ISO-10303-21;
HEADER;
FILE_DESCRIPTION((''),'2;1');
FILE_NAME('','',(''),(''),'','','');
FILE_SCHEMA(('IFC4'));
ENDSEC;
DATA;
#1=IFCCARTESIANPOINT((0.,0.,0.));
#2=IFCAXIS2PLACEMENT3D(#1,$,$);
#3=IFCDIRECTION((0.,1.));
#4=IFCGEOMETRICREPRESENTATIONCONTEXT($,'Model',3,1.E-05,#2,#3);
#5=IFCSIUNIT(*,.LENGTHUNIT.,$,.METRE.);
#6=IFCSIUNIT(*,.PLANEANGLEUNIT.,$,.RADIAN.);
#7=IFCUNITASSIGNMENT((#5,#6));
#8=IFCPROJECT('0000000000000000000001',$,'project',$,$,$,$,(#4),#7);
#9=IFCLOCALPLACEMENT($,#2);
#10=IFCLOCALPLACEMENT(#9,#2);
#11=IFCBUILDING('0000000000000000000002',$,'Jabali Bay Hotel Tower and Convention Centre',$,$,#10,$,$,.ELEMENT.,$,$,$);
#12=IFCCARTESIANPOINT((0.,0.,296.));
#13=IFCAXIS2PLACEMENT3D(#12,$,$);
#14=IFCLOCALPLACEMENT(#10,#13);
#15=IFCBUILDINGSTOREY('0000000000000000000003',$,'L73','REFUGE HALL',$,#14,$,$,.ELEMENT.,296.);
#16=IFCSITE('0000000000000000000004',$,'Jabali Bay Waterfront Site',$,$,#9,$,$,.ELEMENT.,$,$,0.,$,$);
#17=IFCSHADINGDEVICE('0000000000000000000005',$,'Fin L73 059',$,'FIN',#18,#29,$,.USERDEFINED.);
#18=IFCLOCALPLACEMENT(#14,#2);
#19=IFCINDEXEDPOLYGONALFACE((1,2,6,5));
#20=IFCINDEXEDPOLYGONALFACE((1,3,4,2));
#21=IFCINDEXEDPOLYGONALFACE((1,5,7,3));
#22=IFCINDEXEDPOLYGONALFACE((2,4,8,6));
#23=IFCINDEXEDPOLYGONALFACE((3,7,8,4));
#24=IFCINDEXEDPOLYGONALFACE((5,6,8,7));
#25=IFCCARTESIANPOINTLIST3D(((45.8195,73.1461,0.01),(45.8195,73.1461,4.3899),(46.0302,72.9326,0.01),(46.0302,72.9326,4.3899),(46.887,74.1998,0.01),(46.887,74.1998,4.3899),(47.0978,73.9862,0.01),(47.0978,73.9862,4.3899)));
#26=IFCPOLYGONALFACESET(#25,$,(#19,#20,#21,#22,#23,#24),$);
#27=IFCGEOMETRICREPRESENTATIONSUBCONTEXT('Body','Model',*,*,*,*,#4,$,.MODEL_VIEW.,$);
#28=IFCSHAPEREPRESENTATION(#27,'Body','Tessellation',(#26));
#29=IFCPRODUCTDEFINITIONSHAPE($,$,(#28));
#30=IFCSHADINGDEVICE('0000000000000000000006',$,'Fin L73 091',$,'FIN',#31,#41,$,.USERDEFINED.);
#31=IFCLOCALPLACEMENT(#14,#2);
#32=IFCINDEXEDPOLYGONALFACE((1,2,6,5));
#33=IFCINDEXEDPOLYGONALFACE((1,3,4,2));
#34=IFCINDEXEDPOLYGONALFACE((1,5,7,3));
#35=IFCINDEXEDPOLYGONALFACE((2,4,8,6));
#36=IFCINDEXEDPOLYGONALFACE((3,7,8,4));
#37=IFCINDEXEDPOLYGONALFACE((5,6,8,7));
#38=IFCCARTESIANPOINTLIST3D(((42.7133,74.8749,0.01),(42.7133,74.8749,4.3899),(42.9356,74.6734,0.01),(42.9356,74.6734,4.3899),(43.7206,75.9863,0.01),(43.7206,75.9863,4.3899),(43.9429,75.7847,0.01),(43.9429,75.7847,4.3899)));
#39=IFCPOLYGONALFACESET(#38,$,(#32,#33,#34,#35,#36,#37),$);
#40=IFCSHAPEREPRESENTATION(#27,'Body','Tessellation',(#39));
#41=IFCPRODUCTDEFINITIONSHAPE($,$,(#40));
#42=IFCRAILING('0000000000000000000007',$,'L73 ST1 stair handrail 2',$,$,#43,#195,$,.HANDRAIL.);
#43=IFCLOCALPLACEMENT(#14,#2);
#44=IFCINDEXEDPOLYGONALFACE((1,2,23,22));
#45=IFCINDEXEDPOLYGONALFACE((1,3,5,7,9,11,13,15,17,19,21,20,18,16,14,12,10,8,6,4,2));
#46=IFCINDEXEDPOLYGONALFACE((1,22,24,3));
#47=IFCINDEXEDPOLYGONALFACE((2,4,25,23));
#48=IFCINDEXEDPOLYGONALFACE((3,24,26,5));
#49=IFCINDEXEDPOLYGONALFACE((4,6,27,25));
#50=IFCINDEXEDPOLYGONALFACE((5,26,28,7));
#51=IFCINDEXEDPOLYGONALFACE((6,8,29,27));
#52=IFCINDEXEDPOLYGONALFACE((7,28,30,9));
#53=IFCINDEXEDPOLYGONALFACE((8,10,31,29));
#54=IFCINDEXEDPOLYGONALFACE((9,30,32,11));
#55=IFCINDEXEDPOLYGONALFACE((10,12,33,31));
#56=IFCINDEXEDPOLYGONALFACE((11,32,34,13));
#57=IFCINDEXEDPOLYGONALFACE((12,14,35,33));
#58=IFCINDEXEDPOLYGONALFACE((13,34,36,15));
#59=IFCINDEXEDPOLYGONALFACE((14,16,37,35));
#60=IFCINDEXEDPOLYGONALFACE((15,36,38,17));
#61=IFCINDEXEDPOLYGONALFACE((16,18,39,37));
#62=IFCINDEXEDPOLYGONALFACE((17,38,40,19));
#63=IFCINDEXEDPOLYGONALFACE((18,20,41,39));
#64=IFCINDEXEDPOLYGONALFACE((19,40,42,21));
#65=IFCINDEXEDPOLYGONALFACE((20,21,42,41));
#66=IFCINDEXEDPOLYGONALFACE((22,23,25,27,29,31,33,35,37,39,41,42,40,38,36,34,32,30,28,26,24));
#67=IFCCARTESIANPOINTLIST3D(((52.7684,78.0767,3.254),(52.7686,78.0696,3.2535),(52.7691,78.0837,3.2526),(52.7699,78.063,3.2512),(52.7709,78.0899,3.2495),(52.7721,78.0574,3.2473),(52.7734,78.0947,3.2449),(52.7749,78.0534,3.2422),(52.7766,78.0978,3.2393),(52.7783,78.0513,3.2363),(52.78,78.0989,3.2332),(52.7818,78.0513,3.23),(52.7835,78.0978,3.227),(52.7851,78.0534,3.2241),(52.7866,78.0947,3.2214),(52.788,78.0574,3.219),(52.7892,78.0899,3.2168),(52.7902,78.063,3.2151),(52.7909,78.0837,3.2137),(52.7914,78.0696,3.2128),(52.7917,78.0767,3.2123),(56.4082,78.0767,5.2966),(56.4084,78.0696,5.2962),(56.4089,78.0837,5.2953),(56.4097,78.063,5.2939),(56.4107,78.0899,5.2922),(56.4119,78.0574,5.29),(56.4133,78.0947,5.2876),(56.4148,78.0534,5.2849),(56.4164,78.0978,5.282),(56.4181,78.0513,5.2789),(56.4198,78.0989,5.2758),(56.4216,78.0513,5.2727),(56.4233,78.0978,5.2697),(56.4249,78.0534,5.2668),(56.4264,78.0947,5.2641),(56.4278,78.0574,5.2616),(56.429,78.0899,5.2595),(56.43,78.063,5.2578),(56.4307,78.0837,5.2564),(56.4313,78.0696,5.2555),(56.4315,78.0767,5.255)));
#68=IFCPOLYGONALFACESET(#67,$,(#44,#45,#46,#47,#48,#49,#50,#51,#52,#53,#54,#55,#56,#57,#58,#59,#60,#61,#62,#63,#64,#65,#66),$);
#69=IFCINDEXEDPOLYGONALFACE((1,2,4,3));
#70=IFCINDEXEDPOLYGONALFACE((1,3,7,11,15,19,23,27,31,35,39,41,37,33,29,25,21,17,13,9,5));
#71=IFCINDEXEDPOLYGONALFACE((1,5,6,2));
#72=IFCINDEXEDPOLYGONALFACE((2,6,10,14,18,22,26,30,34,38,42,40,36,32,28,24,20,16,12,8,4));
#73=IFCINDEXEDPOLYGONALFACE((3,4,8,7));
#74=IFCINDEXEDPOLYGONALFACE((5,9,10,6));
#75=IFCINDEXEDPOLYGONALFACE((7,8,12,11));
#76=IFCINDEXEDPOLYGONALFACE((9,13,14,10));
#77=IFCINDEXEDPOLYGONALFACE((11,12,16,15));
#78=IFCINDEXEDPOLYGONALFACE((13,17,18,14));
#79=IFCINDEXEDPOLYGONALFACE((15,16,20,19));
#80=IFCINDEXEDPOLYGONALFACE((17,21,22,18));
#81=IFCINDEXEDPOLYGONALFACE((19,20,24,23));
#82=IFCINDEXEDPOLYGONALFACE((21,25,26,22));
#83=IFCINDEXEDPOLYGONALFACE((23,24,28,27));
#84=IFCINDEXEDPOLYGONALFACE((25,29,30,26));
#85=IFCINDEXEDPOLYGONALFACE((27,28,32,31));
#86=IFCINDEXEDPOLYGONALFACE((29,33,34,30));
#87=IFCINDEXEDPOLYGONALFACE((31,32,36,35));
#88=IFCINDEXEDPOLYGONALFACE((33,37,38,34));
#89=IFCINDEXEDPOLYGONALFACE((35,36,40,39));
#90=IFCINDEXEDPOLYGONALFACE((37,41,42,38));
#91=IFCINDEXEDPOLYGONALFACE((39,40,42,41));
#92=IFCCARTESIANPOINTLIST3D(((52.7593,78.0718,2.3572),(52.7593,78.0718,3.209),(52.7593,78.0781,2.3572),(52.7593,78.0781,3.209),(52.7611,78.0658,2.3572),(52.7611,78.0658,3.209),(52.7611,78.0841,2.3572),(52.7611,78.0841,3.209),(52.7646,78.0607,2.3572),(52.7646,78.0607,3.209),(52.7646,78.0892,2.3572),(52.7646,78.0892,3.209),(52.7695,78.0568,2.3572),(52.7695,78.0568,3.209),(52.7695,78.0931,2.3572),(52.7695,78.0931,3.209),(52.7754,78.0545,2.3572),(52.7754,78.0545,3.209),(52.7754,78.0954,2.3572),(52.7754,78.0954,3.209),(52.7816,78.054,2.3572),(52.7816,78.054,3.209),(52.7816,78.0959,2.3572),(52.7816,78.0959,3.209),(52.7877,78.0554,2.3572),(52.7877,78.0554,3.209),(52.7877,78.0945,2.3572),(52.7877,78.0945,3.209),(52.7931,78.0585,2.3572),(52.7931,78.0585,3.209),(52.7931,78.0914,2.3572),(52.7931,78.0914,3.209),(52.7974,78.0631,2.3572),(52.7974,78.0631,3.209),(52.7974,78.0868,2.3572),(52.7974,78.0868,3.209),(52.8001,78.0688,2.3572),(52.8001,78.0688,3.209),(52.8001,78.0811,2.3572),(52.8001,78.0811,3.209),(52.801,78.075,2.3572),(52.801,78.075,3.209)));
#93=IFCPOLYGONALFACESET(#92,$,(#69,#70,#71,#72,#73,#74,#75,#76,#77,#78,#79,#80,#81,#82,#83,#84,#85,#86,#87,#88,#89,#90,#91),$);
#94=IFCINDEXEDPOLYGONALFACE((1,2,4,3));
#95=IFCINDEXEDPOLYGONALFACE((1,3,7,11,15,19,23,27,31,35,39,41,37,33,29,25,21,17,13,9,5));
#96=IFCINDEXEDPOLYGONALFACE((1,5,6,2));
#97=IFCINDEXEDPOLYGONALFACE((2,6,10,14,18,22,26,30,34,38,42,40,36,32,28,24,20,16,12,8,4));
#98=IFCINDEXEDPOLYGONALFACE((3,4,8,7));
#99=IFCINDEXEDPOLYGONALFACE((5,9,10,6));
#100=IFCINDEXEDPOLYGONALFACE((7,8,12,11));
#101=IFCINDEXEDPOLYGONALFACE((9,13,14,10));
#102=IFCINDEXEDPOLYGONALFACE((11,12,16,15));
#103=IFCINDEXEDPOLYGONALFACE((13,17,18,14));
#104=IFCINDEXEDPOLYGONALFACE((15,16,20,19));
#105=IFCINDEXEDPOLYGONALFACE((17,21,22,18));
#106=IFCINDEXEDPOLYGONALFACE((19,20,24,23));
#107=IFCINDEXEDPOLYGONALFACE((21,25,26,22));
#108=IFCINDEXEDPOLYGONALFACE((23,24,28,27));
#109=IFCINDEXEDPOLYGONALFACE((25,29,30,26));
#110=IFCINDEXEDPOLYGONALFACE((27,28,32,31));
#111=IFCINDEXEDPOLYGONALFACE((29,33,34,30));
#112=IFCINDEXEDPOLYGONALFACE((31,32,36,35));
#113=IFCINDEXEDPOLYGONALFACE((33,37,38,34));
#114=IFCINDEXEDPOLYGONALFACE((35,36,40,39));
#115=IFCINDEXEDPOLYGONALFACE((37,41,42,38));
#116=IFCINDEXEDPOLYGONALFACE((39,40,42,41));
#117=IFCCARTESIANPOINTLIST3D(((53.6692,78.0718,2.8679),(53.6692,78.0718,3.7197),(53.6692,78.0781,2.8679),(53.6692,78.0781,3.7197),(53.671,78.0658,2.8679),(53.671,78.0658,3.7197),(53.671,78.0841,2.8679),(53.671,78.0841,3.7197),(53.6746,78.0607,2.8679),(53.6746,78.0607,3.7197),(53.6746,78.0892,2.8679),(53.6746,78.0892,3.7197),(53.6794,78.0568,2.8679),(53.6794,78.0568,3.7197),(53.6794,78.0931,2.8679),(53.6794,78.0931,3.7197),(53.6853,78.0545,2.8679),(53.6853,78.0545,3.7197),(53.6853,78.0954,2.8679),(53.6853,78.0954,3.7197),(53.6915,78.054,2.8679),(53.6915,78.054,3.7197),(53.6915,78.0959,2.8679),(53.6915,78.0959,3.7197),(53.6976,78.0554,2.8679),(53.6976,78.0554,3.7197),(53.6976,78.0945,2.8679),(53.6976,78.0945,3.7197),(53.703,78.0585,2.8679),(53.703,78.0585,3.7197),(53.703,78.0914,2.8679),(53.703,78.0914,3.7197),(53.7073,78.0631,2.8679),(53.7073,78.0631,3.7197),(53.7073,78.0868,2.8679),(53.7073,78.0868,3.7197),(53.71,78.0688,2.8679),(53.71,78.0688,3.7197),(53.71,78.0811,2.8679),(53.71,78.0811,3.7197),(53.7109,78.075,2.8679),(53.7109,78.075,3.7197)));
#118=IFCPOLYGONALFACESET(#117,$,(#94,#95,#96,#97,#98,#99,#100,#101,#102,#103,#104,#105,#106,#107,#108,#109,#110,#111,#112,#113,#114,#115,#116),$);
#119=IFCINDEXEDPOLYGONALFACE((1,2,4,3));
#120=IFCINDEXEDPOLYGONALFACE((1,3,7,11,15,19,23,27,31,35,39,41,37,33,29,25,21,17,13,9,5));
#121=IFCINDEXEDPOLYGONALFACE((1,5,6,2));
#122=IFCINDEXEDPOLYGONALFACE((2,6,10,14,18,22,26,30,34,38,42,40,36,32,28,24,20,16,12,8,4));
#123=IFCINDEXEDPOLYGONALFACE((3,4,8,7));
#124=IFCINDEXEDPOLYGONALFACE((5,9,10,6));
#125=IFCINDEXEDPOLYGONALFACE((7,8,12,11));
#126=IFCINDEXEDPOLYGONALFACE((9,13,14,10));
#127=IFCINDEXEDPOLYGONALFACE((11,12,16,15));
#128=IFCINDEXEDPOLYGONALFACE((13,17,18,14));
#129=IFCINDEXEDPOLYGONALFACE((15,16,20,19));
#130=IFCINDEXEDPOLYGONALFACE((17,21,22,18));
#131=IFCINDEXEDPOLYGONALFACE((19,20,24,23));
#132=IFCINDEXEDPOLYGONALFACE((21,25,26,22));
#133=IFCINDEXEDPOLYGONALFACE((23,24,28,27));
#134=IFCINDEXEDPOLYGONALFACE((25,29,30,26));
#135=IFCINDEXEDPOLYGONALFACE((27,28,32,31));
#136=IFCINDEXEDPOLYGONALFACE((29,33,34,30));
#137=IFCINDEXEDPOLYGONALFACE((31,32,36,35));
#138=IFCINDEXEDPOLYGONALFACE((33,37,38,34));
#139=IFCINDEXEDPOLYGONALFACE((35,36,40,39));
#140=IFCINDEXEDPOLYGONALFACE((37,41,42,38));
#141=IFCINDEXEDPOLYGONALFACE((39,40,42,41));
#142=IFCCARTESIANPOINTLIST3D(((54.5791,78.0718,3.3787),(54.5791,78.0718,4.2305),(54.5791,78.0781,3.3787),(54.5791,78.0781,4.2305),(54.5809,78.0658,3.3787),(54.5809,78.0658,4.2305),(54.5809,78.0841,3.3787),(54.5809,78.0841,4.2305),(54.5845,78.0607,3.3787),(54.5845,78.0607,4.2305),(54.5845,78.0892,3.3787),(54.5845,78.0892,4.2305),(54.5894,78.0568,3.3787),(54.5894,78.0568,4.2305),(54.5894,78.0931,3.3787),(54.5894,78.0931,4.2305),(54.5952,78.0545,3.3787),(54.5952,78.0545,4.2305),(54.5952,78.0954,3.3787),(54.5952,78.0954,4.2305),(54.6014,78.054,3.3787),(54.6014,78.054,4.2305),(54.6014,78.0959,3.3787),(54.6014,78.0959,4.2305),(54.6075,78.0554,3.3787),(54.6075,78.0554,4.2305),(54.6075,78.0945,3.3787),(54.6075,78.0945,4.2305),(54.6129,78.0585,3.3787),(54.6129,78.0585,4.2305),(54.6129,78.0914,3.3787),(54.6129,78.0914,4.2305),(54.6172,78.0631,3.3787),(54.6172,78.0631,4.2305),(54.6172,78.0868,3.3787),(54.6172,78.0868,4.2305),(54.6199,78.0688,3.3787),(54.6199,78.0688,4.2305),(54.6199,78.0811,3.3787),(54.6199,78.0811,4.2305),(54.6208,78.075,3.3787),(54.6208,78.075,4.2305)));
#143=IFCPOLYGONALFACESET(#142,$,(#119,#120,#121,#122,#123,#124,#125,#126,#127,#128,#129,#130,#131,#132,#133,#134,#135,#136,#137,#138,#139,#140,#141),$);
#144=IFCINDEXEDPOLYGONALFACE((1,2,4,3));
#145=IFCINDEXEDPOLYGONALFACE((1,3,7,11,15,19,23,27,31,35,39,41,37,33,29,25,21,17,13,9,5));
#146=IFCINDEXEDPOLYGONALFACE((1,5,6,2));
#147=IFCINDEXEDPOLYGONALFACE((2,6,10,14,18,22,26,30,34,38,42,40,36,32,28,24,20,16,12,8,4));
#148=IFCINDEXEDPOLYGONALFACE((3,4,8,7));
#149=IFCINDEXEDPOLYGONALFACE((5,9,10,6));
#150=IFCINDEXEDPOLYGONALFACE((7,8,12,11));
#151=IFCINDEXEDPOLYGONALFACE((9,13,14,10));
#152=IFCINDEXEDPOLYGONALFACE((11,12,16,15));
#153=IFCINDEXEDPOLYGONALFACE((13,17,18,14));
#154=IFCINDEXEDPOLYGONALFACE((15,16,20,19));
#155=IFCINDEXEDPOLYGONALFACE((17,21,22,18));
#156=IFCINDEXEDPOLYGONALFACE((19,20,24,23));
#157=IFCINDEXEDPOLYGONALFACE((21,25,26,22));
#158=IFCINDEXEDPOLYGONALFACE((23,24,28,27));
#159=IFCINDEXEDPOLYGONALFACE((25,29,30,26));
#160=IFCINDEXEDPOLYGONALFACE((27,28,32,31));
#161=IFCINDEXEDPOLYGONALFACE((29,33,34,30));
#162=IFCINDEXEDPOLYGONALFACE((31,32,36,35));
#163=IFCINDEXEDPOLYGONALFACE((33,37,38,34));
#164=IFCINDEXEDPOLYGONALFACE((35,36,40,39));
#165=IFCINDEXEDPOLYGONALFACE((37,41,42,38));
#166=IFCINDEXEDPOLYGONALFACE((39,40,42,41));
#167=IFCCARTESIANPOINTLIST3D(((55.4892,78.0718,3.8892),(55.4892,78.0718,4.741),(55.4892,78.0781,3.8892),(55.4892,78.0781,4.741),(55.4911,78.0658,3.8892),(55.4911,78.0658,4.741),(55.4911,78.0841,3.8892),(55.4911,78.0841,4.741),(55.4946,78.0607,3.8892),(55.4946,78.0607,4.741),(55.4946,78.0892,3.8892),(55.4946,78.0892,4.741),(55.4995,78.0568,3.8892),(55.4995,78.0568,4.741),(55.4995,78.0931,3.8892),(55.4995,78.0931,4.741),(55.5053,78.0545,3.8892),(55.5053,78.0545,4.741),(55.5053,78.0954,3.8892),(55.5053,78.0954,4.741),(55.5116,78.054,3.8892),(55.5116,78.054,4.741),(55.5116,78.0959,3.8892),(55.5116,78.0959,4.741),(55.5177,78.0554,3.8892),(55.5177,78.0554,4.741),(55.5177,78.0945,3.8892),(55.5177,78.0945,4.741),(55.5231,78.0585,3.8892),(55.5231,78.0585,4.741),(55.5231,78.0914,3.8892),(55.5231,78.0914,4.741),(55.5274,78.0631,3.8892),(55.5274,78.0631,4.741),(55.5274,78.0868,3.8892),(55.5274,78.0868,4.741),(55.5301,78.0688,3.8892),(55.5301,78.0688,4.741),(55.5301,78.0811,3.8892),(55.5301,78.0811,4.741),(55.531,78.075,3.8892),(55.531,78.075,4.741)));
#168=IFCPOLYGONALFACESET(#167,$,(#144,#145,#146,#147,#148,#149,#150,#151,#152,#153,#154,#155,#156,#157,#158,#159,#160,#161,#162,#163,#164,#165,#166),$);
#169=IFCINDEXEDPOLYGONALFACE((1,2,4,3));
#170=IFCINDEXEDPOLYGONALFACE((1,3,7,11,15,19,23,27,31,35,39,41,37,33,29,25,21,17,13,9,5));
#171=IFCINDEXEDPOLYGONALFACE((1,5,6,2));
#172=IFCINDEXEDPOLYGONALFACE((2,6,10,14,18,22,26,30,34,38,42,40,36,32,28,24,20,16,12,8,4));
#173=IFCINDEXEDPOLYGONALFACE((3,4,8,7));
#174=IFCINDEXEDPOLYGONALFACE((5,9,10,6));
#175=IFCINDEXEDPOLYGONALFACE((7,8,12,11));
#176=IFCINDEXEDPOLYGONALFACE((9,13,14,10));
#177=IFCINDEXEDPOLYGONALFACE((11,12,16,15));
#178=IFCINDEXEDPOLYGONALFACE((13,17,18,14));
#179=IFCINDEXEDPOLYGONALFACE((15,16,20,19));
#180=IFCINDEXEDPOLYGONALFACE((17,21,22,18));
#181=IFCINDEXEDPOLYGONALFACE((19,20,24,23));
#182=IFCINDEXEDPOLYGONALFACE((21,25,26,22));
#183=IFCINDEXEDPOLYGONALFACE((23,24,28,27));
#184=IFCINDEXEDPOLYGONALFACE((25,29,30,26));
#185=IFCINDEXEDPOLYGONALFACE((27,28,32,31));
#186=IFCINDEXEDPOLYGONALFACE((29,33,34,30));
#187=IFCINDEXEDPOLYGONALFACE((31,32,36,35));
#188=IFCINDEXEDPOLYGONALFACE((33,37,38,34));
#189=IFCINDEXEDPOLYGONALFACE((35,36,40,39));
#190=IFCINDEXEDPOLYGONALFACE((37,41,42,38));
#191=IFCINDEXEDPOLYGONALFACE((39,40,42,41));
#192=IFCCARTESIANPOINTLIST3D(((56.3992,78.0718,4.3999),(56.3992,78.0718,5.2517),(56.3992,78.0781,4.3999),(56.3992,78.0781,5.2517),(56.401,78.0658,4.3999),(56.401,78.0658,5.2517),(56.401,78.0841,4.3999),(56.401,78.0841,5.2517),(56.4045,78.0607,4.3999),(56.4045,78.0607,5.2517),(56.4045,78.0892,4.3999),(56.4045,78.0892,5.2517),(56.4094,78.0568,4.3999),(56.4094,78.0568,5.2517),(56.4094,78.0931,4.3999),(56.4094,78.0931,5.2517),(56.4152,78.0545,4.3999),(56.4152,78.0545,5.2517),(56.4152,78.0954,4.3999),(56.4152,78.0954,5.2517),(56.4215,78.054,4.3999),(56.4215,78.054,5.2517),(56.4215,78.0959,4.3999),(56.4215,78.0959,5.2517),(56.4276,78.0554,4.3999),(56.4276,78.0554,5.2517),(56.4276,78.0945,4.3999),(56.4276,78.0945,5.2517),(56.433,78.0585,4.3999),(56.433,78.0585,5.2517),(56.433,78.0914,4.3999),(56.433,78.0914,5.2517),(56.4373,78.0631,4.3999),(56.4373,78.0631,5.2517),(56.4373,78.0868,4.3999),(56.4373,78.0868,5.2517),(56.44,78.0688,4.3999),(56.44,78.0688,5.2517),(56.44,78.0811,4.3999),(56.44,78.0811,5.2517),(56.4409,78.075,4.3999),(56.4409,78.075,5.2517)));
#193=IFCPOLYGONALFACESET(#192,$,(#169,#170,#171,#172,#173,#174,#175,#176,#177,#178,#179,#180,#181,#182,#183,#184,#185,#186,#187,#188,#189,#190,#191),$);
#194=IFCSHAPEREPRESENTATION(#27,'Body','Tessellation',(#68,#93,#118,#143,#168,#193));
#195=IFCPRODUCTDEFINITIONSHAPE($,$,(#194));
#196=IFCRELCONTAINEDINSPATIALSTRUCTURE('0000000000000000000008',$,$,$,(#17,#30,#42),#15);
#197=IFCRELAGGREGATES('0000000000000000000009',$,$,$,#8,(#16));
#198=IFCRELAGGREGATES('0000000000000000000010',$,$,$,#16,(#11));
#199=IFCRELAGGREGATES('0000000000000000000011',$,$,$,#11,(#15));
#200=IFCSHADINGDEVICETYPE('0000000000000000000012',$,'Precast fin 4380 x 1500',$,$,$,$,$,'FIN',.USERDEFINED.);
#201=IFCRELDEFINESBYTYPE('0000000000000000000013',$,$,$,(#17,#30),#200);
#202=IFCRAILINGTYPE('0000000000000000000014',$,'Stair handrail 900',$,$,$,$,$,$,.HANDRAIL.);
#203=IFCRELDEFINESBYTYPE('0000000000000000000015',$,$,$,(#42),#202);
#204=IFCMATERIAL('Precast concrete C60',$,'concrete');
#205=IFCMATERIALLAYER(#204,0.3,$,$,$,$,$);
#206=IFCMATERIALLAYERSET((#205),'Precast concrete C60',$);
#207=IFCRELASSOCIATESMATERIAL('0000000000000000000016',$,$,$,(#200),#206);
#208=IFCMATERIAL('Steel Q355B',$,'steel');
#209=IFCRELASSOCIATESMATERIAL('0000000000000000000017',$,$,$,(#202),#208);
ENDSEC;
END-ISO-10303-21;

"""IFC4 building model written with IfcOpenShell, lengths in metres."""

from ifc_helpers import new_model, si_unit, direction, frame, frame_2d, origin, origin_2d, place, context, subcontext, project, spatial, rectangle, circle, extrude, material, layer, layer_set, type_object, element, save


model = new_model("IFC4")

# Units and contexts
model_context = context("Model", 3, precision=1e-05, world=origin(), true_north=direction((0.0, 1.0)))
body_context = subcontext(model_context, "Body", "Model", "MODEL_VIEW")
ifc_project = project(units=[si_unit("LENGTHUNIT", "METRE"), si_unit("PLANEANGLEUNIT", "RADIAN")], contexts=[model_context])

# Site, building, storey
site_placement = place(None, origin())
site = spatial("IfcSite", under=ifc_project, at=site_placement, Name="Jabali Bay Waterfront Site", CompositionType="ELEMENT", RefElevation=0.0)
building_placement = place(site_placement, origin())
building = spatial("IfcBuilding", under=site, at=building_placement, Name="Jabali Bay Hotel Tower and Convention Centre", CompositionType="ELEMENT")
storey_placement = place(building_placement, frame((0.0, 0.0, 296.0)))
storey = spatial("IfcBuildingStorey", under=building, at=storey_placement, Name="L73", Description="REFUGE HALL", CompositionType="ELEMENT", Elevation=296.0)

# Shading devices
ifc_material_1 = material(Name="Precast concrete C60", Category="concrete")
ifc_layer_1 = layer(ifc_material_1, 0.3)
ifc_layer_set_1 = layer_set([ifc_layer_1], Name="Precast concrete C60")
shading_device_type = type_object("IfcShadingDeviceType", Name="Precast fin 4380 x 1500", ElementType="FIN", PredefinedType="USERDEFINED", material=ifc_layer_set_1)
for number, where, z_axis, x_axis, name in (
    (1, (46.9924, 74.093, 0.01), (0.0, 0.0, 1.0), (-0.71173, -0.702453, 0.0), "Fin L73 059"),
    (2, (43.8318, 75.8855, 0.01), (0.0, 0.0, 1.0), (-0.671586, -0.740926, 0.0), "Fin L73 091"),
):
    element("IfcShadingDevice", number, at=place(storey_placement, frame(where, z_axis=z_axis, x_axis=x_axis)), inside=storey, type_object=shading_device_type, Name=name, ObjectType="FIN", PredefinedType="USERDEFINED", context=body_context, shape_type="SweptSolid", body=[
        extrude(rectangle(XDim=1.5, YDim=0.3, at=frame_2d((0.75, 0.0))), origin(), (0.0, 0.0, 1.0), 4.3799),
    ])

# Railing
ifc_material_2 = material(Name="Steel Q355B", Category="steel")
railing_type = type_object("IfcRailingType", Name="Stair handrail 900", PredefinedType="HANDRAIL", material=ifc_material_2)
railing_placement = place(storey_placement, frame((52.78, 78.075, 2.3572)))
element("IfcRailing", 3, at=railing_placement, inside=storey, type_object=railing_type, Name="L73 ST1 stair handrail 2", PredefinedType="HANDRAIL", context=body_context, shape_type="SweptSolid", body=[
    extrude(circle(Radius=0.0239, at=origin_2d()), frame((0.0, 0.0, 0.876), z_axis=(0.872058, 0.0, 0.489403), x_axis=(0.0, 1.0, 0.0)), (0.0, 0.0, 1.0), 4.1738),
    extrude(circle(Radius=0.021, at=origin_2d()), origin(), (0.0, 0.0, 1.0), 0.8518),
    extrude(circle(Radius=0.021, at=origin_2d()), frame((0.9099, 0.0, 0.5107)), (0.0, 0.0, 1.0), 0.8518),
    extrude(circle(Radius=0.021, at=origin_2d()), frame((1.8198, 0.0, 1.0215)), (0.0, 0.0, 1.0), 0.8518),
    extrude(circle(Radius=0.021, at=origin_2d()), frame((2.73, 0.0, 1.532)), (0.0, 0.0, 1.0), 0.8518),
    extrude(circle(Radius=0.021, at=origin_2d()), frame((3.6399, 0.0, 2.0427)), (0.0, 0.0, 1.0), 0.8518),
])

save(model, "model.ifc")
